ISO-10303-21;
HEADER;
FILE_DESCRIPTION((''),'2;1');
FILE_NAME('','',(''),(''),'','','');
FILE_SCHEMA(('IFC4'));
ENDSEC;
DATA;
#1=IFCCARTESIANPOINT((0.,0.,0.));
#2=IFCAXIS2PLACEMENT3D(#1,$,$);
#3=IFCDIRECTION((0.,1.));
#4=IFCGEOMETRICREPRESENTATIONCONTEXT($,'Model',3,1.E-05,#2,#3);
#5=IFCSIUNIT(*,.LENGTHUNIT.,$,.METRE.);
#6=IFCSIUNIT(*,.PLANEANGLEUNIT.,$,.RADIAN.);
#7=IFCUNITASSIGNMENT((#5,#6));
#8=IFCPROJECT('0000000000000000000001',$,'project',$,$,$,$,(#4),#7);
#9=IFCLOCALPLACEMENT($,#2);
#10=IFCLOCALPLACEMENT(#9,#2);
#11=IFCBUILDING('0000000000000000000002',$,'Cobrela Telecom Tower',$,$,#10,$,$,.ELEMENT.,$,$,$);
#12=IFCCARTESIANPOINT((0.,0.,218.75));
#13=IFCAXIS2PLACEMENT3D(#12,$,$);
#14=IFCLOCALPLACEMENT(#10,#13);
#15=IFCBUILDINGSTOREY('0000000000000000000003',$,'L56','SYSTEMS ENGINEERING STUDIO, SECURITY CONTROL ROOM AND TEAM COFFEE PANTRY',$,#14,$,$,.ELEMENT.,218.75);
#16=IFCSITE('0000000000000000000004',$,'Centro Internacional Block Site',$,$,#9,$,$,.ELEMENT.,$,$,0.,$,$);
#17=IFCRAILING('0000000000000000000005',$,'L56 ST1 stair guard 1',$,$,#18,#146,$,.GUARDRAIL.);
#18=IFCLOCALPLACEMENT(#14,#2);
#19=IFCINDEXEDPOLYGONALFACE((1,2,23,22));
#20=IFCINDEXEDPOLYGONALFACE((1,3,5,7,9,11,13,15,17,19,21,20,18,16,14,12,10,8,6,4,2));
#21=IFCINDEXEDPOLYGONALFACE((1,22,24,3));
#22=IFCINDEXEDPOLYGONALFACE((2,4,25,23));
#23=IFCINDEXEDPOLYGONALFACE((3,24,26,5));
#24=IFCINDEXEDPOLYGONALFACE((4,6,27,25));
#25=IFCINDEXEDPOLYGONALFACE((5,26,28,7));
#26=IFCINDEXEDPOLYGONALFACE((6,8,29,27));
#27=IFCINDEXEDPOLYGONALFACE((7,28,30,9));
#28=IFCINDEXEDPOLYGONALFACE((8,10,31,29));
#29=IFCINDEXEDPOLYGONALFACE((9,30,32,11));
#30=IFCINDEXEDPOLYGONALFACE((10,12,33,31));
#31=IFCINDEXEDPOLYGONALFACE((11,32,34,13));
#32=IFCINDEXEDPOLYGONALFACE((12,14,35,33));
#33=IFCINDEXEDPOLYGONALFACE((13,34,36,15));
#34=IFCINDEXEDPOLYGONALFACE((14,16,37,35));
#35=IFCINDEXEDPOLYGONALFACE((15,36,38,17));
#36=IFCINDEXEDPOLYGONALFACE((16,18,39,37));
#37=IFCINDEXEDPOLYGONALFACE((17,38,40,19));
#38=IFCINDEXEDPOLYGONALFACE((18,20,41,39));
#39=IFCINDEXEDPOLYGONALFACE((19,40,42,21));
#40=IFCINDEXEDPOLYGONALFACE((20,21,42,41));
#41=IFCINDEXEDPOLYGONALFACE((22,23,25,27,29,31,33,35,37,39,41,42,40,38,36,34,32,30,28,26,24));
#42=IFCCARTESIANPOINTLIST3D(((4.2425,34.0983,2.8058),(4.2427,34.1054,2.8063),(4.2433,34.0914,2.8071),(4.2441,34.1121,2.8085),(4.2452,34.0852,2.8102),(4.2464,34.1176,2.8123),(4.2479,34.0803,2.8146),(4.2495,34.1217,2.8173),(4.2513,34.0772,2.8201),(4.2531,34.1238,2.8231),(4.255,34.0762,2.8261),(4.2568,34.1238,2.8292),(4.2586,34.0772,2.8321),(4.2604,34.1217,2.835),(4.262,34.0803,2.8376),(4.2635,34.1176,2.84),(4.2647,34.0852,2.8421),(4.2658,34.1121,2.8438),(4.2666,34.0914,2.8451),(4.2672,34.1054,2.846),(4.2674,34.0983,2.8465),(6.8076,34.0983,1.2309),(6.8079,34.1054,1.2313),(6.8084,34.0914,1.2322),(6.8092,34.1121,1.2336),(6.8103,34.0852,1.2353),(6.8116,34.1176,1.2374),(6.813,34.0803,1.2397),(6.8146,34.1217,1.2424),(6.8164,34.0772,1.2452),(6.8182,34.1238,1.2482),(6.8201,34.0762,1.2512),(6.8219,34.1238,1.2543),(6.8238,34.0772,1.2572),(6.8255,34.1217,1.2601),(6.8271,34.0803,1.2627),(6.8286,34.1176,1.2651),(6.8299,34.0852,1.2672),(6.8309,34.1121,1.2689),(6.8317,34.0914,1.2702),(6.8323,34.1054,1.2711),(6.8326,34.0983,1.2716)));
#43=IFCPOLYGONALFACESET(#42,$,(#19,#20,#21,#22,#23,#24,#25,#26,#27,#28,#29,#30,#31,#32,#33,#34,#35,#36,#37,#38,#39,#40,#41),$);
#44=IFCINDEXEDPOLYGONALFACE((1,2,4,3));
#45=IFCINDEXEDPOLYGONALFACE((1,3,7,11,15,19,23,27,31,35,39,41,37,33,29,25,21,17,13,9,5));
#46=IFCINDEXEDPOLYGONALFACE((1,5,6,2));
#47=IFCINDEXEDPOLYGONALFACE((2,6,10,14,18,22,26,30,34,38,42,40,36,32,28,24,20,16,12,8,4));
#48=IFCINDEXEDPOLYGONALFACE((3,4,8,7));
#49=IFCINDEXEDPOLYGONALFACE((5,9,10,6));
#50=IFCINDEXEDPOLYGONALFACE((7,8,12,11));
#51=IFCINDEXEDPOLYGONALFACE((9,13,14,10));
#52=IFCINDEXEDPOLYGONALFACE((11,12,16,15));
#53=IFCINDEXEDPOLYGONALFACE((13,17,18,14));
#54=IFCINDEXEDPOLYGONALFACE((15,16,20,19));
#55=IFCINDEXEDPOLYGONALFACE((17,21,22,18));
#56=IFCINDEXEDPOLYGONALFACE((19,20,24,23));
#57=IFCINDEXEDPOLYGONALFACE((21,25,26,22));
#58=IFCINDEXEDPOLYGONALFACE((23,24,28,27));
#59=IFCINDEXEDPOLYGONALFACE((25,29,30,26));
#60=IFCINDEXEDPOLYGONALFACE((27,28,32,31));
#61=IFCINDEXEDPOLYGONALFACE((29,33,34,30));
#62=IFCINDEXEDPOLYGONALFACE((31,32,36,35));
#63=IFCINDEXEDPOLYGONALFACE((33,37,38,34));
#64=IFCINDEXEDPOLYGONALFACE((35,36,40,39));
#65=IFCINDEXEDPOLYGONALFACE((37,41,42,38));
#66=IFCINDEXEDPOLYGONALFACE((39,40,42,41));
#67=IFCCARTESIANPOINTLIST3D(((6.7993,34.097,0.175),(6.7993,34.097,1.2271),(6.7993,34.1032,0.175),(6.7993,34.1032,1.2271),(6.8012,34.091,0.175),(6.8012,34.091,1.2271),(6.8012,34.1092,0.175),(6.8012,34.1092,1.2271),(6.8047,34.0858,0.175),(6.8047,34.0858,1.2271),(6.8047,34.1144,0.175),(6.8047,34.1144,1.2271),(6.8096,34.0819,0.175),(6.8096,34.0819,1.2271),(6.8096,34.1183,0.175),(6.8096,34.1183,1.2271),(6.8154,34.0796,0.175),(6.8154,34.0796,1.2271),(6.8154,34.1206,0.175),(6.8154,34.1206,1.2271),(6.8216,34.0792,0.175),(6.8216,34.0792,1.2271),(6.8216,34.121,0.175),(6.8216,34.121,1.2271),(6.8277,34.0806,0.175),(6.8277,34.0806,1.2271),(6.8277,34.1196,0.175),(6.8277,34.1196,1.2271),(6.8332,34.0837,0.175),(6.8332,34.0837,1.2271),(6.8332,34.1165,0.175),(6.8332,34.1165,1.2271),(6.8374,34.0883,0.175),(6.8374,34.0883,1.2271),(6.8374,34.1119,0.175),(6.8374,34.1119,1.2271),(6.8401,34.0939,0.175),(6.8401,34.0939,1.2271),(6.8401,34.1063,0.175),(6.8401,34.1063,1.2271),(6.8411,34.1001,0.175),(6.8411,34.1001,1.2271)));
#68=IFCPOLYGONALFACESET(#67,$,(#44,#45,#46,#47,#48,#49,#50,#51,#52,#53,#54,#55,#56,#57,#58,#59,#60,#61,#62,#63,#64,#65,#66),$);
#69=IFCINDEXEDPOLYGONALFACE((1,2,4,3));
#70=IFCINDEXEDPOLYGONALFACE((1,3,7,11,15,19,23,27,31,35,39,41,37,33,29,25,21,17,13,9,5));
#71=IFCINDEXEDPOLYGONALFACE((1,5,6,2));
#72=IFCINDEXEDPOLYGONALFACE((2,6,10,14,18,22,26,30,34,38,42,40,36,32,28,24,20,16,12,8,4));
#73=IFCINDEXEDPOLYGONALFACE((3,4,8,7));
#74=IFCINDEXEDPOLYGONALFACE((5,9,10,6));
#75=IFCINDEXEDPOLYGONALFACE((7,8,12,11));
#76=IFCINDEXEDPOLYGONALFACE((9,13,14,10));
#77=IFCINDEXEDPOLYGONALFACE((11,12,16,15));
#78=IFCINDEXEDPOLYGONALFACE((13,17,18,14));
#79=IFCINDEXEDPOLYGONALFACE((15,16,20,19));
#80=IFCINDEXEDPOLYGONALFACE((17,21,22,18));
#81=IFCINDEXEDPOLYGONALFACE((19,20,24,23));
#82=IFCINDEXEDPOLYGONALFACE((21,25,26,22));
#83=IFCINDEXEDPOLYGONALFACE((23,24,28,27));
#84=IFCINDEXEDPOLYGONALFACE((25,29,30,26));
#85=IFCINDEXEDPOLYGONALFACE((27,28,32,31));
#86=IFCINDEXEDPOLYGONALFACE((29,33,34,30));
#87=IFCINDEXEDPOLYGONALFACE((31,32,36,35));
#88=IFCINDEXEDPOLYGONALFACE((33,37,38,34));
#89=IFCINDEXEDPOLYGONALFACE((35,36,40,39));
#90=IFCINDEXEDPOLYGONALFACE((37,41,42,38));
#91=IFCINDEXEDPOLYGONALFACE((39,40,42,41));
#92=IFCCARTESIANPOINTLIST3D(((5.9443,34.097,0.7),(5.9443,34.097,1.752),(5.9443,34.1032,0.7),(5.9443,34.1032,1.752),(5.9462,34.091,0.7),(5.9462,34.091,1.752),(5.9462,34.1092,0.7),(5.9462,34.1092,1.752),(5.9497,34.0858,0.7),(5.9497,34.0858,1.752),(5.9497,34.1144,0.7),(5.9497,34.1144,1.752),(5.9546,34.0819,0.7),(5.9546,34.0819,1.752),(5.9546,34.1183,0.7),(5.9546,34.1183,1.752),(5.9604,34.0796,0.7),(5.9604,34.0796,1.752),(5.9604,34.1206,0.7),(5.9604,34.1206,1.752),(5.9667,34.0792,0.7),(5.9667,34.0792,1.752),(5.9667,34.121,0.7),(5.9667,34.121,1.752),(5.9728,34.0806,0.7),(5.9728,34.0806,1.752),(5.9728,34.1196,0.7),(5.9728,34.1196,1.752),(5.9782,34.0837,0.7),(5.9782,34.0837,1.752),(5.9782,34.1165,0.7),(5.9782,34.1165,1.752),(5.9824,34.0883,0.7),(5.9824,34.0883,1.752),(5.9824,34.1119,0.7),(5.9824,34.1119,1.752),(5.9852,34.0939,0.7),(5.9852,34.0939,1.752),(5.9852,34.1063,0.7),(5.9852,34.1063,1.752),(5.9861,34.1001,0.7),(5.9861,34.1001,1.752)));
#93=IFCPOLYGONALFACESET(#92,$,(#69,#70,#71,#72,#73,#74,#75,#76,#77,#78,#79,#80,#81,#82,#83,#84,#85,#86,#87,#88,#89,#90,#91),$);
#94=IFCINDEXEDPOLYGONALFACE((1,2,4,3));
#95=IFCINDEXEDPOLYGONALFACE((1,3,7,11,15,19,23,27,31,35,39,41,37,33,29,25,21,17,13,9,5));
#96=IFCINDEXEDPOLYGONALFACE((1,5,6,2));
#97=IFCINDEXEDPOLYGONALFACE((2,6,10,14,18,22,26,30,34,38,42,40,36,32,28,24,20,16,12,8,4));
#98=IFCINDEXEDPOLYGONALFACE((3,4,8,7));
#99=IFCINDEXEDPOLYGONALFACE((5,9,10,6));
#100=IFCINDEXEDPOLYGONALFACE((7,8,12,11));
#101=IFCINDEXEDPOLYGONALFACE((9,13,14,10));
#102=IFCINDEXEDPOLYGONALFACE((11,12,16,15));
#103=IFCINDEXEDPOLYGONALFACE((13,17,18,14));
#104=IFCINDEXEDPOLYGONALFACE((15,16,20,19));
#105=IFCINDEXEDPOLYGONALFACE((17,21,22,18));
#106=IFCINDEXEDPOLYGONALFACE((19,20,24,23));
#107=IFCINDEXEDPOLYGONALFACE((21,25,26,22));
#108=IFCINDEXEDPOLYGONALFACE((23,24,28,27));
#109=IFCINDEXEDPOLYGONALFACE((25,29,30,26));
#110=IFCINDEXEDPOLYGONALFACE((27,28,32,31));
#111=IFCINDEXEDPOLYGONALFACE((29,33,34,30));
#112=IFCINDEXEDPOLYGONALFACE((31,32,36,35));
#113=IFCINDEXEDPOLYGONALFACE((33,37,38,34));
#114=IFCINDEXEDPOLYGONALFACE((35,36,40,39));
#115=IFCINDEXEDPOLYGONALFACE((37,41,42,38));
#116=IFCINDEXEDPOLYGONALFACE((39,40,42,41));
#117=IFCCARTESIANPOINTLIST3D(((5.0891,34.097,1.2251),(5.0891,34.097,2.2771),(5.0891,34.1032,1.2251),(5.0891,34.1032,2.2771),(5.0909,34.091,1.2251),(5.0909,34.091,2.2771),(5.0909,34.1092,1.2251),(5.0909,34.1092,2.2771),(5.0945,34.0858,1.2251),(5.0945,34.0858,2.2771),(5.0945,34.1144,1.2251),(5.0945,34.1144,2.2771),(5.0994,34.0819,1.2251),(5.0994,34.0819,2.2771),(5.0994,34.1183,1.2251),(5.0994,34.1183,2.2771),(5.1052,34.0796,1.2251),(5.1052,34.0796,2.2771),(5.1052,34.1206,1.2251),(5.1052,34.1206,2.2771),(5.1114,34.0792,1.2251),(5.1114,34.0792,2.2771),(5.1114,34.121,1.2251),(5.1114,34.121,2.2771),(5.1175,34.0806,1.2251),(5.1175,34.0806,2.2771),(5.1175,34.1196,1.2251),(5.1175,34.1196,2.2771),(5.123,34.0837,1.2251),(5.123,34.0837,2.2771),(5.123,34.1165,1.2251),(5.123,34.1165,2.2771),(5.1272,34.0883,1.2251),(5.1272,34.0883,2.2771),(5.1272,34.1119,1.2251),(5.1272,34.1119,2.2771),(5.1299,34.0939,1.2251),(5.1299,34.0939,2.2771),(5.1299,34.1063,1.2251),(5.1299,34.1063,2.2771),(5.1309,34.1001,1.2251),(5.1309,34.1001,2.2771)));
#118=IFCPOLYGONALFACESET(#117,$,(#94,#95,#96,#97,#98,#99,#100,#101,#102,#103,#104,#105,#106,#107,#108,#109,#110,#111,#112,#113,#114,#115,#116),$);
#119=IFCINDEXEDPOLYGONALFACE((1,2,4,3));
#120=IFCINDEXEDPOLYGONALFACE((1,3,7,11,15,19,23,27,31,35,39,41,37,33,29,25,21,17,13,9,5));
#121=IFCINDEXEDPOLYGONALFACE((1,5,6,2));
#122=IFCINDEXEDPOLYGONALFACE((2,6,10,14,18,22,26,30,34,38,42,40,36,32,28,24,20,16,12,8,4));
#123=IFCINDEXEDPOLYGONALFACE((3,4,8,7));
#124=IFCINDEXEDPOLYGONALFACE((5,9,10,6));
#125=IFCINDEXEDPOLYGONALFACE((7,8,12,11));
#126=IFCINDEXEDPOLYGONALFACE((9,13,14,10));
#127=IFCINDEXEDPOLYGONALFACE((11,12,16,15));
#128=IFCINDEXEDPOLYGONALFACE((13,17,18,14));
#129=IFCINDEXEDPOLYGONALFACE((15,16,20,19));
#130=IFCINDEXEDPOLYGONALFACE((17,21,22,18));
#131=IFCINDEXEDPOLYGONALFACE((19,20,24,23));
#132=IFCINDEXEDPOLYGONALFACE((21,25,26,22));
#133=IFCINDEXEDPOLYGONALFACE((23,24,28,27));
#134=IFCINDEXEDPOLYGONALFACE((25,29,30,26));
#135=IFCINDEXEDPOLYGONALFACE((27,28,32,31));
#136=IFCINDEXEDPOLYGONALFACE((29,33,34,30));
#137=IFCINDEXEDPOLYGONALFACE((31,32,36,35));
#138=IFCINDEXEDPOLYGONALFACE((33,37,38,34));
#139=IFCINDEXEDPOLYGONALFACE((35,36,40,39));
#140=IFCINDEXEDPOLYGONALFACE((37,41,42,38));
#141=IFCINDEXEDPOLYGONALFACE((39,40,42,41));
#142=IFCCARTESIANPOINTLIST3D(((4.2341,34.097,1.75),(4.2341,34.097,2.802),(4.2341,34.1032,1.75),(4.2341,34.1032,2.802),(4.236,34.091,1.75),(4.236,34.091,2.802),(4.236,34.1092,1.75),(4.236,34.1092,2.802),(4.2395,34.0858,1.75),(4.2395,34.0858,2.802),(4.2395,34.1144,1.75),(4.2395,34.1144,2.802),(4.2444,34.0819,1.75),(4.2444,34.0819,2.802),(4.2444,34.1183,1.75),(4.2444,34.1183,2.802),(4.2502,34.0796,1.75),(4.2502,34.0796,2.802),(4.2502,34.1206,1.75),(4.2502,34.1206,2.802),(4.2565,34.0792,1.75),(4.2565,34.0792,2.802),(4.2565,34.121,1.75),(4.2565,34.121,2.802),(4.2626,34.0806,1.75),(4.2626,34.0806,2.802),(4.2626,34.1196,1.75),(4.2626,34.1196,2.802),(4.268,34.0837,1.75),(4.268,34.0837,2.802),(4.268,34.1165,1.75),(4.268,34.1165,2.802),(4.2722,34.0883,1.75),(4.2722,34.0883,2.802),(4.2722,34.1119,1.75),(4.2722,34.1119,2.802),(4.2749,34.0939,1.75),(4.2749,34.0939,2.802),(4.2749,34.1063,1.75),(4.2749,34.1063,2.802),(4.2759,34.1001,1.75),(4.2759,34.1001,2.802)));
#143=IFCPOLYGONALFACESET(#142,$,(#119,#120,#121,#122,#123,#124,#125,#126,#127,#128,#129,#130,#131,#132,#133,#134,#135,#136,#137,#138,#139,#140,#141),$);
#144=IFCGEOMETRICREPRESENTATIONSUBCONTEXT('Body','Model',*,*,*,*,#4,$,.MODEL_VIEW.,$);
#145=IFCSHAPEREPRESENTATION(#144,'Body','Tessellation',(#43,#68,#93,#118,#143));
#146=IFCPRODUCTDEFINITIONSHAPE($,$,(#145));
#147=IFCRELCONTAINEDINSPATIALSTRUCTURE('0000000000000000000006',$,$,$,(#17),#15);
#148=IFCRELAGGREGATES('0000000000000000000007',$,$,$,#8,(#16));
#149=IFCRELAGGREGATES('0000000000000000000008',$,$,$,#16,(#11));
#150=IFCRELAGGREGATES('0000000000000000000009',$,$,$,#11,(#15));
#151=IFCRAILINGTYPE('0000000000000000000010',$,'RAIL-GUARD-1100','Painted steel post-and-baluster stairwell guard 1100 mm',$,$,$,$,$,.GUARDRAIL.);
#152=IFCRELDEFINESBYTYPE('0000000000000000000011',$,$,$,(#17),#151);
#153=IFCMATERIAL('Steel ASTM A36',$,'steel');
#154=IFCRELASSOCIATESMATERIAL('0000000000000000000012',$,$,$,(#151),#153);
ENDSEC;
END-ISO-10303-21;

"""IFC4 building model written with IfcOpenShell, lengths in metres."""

from ifc_helpers import new_model, si_unit, direction, frame, origin, origin_2d, place, context, subcontext, project, spatial, circle, extrude, material, type_object, element, save


model = new_model("IFC4")

# Units and contexts
model_context = context("Model", 3, precision=1e-05, world=origin(), true_north=direction((0.0, 1.0)))
body_context = subcontext(model_context, "Body", "Model", "MODEL_VIEW")
ifc_project = project(units=[si_unit("LENGTHUNIT", "METRE"), si_unit("PLANEANGLEUNIT", "RADIAN")], contexts=[model_context])

# Site, building, storey
site_placement = place(None, origin())
site = spatial("IfcSite", under=ifc_project, at=site_placement, Name="Centro Internacional Block Site", CompositionType="ELEMENT", RefElevation=0.0)
building_placement = place(site_placement, origin())
building = spatial("IfcBuilding", under=site, at=building_placement, Name="Cobrela Telecom Tower", CompositionType="ELEMENT")
storey_placement = place(building_placement, frame((0.0, 0.0, 218.75)))
storey = spatial("IfcBuildingStorey", under=building, at=storey_placement, Name="L56", Description="SYSTEMS ENGINEERING STUDIO, SECURITY CONTROL ROOM AND TEAM COFFEE PANTRY", CompositionType="ELEMENT", Elevation=218.75)

# Shared definitions
ifc_material_1 = material(Name="Steel ASTM A36", Category="steel")

# Railing
railing_type_1 = type_object("IfcRailingType", Name="RAIL-GUARD-1100", Description="Painted steel post-and-baluster stairwell guard 1100 mm", PredefinedType="GUARDRAIL", material=ifc_material_1)
railing_1_placement = place(storey_placement, frame((6.8201, 34.1001, 0.175)))
element("IfcRailing", 1, at=railing_1_placement, inside=storey, type_object=railing_type_1, Name="L56 ST1 stair guard 1", PredefinedType="GUARDRAIL", context=body_context, shape_type="SweptSolid", body=[
    extrude(circle(Radius=0.0239, at=origin_2d()), frame((0.0, 0.0, 1.0762), z_axis=(-0.852195, 0.0, 0.523224), x_axis=(0.0, -1.0, 0.0)), (0.0, 0.0, 1.0), 3.01),
    extrude(circle(Radius=0.021, at=origin_2d()), origin(), (0.0, 0.0, 1.0), 1.052),
    extrude(circle(Radius=0.021, at=origin_2d()), frame((-0.855, 0.0, 0.5249)), (0.0, 0.0, 1.0), 1.052),
    extrude(circle(Radius=0.021, at=origin_2d()), frame((-1.7102, 0.0, 1.05)), (0.0, 0.0, 1.0), 1.052),
    extrude(circle(Radius=0.021, at=origin_2d()), frame((-2.5652, 0.0, 1.575)), (0.0, 0.0, 1.0), 1.052),
])

save(model, "model.ifc")
